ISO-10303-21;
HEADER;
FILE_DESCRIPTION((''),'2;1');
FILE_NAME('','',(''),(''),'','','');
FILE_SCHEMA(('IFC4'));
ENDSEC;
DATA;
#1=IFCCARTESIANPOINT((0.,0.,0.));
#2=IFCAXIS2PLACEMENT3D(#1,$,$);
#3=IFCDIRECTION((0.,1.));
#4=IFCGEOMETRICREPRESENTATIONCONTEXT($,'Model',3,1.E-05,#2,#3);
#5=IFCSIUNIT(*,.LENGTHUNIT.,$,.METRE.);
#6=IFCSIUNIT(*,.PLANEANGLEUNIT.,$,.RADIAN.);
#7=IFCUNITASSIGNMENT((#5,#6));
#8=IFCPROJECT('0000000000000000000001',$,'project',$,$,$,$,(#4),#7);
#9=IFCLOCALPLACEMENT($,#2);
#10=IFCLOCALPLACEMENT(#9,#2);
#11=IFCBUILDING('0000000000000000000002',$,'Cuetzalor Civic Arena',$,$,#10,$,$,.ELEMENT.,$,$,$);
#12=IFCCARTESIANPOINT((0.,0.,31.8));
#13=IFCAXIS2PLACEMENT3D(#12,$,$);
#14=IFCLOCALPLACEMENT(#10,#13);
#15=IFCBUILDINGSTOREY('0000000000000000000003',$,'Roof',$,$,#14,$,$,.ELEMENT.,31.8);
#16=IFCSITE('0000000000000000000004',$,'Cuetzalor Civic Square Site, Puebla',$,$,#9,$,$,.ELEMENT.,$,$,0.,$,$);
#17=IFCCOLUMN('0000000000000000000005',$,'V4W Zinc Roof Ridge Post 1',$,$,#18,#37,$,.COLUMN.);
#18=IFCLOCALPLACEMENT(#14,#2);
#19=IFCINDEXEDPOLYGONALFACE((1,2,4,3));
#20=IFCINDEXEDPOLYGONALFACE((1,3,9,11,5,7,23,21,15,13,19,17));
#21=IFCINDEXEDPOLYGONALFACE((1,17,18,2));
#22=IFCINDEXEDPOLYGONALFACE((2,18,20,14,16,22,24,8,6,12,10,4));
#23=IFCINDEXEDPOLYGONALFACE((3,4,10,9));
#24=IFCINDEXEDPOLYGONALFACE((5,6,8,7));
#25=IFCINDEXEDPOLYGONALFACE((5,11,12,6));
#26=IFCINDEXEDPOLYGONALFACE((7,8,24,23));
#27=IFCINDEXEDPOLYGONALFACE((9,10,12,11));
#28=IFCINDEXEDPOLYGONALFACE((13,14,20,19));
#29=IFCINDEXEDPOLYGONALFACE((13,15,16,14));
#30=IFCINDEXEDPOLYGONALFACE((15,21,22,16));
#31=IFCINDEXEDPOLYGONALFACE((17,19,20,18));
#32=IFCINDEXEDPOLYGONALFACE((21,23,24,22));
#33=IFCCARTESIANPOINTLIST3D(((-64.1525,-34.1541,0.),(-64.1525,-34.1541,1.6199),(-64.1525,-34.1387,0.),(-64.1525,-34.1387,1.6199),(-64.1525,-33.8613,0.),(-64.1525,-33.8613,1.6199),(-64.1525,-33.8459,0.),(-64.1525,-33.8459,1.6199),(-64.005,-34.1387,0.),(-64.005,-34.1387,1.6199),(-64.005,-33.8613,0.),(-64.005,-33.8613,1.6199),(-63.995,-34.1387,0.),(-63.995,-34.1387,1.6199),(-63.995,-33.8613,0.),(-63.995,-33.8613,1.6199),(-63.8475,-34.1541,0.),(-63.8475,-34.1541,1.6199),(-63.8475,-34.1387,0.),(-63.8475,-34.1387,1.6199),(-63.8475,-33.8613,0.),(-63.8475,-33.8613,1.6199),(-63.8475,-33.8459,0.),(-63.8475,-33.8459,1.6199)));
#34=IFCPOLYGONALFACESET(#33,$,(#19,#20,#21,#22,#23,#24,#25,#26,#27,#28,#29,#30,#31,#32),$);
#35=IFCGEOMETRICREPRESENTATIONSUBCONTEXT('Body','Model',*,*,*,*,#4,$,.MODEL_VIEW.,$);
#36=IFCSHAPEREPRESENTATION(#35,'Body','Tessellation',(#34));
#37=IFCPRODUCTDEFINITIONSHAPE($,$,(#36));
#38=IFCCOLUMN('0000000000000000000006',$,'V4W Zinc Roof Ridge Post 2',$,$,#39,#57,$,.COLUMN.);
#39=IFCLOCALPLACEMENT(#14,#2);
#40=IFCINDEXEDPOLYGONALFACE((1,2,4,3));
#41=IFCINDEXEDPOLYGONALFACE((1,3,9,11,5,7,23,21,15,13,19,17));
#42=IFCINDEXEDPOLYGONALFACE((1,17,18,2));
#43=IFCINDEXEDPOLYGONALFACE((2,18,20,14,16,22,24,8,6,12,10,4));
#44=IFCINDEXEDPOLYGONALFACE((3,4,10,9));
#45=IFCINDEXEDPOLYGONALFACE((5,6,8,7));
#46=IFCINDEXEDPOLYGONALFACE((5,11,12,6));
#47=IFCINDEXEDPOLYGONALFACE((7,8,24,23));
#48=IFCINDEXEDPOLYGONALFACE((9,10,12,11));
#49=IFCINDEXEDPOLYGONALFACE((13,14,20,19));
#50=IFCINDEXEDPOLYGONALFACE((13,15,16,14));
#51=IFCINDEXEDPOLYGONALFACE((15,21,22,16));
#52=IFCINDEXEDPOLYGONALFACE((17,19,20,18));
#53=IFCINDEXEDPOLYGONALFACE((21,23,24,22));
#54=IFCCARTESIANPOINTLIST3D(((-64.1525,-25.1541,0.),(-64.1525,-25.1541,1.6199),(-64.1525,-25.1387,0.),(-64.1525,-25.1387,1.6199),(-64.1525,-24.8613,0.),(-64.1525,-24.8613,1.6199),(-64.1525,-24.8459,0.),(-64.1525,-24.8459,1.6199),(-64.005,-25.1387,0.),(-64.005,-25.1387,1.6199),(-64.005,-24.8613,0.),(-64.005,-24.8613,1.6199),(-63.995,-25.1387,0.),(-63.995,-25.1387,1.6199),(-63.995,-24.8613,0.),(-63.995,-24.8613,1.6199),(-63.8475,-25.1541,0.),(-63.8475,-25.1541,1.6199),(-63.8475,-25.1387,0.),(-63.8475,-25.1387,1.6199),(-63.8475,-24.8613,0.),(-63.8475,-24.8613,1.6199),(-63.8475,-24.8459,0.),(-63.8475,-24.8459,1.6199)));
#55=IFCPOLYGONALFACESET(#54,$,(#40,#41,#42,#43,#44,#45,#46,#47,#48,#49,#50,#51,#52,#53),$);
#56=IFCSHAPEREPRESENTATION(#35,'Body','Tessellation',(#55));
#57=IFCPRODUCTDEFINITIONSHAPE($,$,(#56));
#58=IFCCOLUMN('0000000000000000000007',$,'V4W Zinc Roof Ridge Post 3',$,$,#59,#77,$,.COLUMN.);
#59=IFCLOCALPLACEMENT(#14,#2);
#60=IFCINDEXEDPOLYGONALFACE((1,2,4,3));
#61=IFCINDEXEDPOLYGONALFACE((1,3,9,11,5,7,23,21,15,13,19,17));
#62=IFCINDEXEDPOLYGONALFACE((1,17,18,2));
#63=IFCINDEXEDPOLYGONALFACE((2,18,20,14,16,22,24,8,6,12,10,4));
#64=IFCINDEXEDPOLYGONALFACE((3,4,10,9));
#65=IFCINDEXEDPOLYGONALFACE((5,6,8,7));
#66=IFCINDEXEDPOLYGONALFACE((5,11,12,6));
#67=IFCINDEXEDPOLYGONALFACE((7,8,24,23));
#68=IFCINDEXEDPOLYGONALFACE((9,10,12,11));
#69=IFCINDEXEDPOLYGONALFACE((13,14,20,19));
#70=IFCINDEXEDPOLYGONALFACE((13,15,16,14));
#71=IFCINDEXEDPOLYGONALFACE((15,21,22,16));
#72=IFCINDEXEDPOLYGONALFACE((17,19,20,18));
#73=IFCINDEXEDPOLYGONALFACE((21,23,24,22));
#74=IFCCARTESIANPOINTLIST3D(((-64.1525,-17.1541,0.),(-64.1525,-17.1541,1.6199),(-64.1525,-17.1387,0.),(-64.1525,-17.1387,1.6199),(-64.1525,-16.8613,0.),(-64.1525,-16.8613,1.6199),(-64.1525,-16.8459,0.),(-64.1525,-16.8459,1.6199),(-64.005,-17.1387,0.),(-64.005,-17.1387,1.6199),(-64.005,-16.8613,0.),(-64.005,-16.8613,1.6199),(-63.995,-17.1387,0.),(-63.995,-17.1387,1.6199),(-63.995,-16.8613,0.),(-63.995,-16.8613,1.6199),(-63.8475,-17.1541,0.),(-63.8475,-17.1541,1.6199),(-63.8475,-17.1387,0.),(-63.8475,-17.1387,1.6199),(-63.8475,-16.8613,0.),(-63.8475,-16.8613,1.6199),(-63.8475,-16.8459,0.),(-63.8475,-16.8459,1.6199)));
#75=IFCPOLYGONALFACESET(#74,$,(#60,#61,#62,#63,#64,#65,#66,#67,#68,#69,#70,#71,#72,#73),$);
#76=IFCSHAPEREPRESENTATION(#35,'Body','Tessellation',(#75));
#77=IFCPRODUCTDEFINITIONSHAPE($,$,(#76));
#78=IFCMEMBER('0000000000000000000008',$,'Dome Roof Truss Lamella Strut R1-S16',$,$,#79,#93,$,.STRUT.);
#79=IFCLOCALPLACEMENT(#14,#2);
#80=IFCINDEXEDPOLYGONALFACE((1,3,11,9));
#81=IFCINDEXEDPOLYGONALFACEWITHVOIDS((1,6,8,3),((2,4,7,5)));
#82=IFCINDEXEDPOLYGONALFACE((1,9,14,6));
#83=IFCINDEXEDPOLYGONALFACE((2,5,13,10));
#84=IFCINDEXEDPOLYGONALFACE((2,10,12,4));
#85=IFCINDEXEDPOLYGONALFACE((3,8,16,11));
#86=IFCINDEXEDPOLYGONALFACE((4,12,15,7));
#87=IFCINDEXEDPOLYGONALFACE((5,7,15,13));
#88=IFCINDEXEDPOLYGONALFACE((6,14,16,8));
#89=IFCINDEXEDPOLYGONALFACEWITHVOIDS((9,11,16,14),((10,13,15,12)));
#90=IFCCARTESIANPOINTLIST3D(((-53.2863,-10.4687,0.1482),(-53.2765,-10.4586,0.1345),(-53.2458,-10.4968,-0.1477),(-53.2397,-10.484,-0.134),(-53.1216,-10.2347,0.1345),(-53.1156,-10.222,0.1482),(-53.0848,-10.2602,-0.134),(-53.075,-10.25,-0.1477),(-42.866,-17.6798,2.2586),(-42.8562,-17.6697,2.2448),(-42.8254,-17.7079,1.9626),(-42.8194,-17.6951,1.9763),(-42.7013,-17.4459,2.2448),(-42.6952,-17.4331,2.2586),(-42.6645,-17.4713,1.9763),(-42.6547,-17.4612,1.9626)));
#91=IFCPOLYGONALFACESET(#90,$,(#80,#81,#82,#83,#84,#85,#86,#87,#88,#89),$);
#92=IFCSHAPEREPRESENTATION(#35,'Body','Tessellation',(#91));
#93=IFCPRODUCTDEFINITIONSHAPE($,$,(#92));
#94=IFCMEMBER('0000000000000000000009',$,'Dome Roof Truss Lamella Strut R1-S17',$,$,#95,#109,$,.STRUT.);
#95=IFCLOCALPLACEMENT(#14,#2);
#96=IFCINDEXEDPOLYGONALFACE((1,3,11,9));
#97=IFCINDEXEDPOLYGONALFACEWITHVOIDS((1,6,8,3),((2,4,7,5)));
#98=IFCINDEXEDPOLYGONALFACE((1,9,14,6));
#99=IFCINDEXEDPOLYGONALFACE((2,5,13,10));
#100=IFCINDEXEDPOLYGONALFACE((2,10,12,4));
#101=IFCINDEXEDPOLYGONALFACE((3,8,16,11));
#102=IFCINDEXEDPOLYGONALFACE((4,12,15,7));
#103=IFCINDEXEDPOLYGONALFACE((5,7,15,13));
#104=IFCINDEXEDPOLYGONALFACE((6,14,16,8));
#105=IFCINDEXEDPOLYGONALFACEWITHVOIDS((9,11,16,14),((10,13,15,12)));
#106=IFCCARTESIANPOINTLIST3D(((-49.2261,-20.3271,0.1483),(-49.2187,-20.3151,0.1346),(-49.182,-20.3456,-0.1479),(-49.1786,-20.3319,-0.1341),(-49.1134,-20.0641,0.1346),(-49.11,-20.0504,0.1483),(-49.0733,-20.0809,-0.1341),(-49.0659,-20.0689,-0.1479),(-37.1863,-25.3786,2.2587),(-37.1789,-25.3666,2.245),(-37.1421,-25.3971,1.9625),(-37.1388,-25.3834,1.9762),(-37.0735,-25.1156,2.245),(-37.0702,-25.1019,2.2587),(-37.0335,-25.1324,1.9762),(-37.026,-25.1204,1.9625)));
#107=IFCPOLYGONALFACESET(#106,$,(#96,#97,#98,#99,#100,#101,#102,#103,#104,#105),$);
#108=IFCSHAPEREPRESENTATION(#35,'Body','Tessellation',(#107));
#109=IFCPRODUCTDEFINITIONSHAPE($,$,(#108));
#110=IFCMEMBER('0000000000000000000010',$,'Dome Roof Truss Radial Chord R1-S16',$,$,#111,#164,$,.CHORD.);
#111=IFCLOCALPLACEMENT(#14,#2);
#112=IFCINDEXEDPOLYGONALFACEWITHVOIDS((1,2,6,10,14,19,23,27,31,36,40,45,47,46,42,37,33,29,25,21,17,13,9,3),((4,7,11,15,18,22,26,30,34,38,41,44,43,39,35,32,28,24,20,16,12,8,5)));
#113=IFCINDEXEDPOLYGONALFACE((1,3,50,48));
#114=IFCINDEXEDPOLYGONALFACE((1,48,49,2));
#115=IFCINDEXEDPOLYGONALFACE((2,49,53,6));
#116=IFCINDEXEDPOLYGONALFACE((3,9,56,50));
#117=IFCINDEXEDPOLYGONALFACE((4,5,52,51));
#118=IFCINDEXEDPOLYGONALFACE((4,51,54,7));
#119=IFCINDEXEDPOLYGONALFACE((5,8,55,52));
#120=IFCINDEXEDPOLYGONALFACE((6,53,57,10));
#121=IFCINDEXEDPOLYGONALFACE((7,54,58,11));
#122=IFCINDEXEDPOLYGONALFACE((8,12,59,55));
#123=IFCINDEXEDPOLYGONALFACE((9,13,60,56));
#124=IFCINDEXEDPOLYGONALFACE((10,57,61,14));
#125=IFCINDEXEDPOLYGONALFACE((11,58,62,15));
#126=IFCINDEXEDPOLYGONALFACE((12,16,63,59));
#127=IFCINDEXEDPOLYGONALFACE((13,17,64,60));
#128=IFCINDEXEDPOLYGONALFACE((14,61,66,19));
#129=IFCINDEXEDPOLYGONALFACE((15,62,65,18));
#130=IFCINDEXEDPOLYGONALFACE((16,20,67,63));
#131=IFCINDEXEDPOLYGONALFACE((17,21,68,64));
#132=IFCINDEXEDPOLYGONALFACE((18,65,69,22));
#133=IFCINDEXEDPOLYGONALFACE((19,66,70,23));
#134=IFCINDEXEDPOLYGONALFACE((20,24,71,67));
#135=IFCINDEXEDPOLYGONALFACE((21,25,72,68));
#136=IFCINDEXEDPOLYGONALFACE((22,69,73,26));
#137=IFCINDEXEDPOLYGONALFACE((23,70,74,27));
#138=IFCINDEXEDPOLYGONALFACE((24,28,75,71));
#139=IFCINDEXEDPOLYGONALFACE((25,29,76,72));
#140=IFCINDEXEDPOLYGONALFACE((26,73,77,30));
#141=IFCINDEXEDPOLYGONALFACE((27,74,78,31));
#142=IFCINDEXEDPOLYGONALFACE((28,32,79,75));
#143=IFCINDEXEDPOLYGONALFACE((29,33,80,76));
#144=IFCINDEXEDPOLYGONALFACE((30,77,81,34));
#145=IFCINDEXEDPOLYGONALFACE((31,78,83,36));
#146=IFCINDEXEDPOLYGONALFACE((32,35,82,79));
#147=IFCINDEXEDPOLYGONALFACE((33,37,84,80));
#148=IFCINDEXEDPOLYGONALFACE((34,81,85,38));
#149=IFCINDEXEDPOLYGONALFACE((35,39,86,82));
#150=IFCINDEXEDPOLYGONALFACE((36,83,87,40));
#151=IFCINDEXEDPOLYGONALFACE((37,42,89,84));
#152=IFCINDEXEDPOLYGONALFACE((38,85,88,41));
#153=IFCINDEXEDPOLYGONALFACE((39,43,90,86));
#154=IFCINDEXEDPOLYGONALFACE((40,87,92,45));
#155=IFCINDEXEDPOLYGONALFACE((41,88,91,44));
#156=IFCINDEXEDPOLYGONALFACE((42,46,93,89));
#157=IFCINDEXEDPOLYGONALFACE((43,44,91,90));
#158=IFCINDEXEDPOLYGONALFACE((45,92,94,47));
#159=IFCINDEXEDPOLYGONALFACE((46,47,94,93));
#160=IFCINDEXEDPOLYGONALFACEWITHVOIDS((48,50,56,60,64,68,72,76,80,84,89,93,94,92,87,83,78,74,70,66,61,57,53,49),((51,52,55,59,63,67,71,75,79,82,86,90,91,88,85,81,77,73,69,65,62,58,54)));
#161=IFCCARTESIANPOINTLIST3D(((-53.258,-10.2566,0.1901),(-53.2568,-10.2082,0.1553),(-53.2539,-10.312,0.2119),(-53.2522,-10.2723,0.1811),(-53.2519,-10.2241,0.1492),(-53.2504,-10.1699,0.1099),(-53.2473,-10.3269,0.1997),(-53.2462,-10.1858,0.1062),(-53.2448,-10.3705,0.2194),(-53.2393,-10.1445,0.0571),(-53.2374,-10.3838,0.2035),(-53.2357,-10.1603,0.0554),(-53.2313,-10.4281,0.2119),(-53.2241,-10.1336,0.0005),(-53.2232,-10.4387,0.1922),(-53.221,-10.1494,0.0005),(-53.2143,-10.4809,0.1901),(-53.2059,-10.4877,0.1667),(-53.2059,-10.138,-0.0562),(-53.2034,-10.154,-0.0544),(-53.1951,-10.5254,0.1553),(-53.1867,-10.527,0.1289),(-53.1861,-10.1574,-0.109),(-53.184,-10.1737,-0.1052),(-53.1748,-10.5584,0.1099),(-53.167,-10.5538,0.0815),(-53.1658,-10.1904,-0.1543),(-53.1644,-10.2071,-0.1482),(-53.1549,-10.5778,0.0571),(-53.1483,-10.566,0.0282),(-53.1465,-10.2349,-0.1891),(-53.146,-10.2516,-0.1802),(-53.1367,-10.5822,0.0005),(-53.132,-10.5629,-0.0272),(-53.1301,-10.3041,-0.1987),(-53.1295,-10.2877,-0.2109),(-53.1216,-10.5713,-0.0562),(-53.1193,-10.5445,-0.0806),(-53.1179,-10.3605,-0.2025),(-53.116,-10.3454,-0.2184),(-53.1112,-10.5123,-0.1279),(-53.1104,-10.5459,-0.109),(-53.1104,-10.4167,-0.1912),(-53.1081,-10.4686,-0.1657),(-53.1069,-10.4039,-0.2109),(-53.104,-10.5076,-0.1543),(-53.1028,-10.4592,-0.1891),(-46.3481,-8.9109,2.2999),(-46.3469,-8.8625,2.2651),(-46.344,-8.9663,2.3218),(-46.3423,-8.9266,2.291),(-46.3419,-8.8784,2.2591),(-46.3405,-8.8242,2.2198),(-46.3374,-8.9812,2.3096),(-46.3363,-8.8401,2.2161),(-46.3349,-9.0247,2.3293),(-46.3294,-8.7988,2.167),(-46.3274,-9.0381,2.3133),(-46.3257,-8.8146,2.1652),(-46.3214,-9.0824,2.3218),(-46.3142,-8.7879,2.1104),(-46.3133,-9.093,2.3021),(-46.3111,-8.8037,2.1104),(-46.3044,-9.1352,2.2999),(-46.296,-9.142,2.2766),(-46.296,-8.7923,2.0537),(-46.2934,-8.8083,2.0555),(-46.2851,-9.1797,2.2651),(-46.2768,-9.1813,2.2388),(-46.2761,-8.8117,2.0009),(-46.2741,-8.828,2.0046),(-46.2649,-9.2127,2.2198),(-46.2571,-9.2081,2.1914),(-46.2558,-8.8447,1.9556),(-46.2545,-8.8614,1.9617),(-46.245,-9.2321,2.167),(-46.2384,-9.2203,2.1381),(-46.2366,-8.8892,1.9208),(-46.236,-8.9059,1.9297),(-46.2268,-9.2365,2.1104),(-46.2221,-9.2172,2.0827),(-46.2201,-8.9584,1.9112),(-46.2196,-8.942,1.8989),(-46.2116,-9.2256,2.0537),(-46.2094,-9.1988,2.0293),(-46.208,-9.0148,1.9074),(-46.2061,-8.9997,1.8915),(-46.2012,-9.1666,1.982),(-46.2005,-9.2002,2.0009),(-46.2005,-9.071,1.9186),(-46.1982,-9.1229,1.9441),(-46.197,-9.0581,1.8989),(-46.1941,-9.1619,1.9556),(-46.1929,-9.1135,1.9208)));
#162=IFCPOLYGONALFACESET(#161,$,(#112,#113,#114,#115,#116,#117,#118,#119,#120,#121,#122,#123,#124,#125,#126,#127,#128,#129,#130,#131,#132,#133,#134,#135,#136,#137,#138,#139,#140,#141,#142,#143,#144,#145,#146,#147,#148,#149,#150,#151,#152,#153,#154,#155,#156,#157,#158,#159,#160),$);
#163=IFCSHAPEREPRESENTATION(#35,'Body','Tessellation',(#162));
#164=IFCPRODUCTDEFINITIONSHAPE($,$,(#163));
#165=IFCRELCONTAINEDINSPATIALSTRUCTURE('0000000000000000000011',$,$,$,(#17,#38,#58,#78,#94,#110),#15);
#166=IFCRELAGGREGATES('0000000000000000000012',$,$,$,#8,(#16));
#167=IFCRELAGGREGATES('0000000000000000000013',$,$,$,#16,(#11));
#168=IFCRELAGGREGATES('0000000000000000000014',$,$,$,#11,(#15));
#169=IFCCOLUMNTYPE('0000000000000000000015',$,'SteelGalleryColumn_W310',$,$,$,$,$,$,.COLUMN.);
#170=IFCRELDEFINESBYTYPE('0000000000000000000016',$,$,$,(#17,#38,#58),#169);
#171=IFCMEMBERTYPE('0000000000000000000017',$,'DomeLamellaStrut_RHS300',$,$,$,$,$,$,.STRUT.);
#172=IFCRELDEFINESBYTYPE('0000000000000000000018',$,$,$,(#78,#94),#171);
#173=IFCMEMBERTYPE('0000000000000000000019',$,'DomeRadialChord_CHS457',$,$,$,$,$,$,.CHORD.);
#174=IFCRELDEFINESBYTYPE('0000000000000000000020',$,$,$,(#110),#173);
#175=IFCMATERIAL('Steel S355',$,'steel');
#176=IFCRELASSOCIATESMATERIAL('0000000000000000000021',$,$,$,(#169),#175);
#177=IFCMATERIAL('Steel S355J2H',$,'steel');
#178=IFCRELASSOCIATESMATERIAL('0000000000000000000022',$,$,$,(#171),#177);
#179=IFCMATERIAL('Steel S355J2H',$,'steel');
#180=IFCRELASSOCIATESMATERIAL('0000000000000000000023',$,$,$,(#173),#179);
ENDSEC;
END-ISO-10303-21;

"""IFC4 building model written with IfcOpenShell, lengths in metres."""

from ifc_helpers import new_model, si_unit, direction, frame, origin, origin_2d, place, context, subcontext, project, spatial, hollow_rectangle, hollow_circle, i_section, extrude, material, material_profile, profile_set, type_object, element, save


model = new_model("IFC4")

# Units and contexts
model_context = context("Model", 3, precision=1e-05, world=origin(), true_north=direction((0.0, 1.0)))
body_context = subcontext(model_context, "Body", "Model", "MODEL_VIEW")
ifc_project = project(units=[si_unit("LENGTHUNIT", "METRE"), si_unit("PLANEANGLEUNIT", "RADIAN")], contexts=[model_context])

# Site, building, storey
site_placement = place(None, origin())
site = spatial("IfcSite", under=ifc_project, at=site_placement, Name="Cuetzalor Civic Square Site, Puebla", CompositionType="ELEMENT", RefElevation=0.0)
building_placement = place(site_placement, origin())
building = spatial("IfcBuilding", under=site, at=building_placement, Name="Cuetzalor Civic Arena", CompositionType="ELEMENT")
storey_placement = place(building_placement, frame((0.0, 0.0, 31.8)))
storey = spatial("IfcBuildingStorey", under=building, at=storey_placement, Name="Roof", CompositionType="ELEMENT", Elevation=31.8)

# Columns
ifc_material_1 = material(Name="Steel S355", Category="steel")
ifc_material_profile_1 = material_profile(ifc_material_1, i_section(OverallWidth=0.3049, OverallDepth=0.3081, WebThickness=0.01, FlangeThickness=0.0154, at=origin_2d()), Name="W310x97")
ifc_profile_set_1 = profile_set([ifc_material_profile_1], Name="Steel S355")
column_type = type_object("IfcColumnType", Name="SteelGalleryColumn_W310", PredefinedType="COLUMN", material=ifc_profile_set_1)
for number, where, z_axis, x_axis, name in (
    (1, (-64.0, -34.0, 0.0), (0.0, 0.0, 1.0), (1.0, 0.0, 0.0), "V4W Zinc Roof Ridge Post 1"),
    (2, (-64.0, -25.0, 0.0), (0.0, 0.0, 1.0), (1.0, 0.0, 0.0), "V4W Zinc Roof Ridge Post 2"),
    (3, (-64.0, -17.0, 0.0), (0.0, 0.0, 1.0), (1.0, 0.0, 0.0), "V4W Zinc Roof Ridge Post 3"),
):
    element("IfcColumn", number, at=place(storey_placement, frame(where, z_axis=z_axis, x_axis=x_axis)), inside=storey, type_object=column_type, Name=name, PredefinedType="COLUMN", context=body_context, shape_type="SweptSolid", body=[
        extrude(i_section(OverallWidth=0.3049, OverallDepth=0.3081, WebThickness=0.01, FlangeThickness=0.0154, at=origin_2d()), origin(), (0.0, 0.0, 1.0), 1.6199),
    ])

# Members
ifc_material_2 = material(Name="Steel S355J2H", Category="steel")
ifc_material_profile_2 = material_profile(ifc_material_2, hollow_rectangle(XDim=0.3, YDim=0.3, WallThickness=0.0139, at=origin_2d()), Name="RHS 300x300x14")
ifc_profile_set_2 = profile_set([ifc_material_profile_2], Name="Steel S355J2H")
member_type_1 = type_object("IfcMemberType", Name="DomeLamellaStrut_RHS300", PredefinedType="STRUT", material=ifc_profile_set_2)
member_1_placement = place(storey_placement, frame((-53.1807, -10.3594, 0.0002), z_axis=(0.81113, -0.561322, 0.164271), x_axis=(0.569053, 0.822301, 0.0)))
element("IfcMember", 4, at=member_1_placement, inside=storey, type_object=member_type_1, Name="Dome Roof Truss Lamella Strut R1-S16", PredefinedType="STRUT", context=body_context, shape_type="SweptSolid", body=[
    extrude(hollow_rectangle(XDim=0.3, YDim=0.3, WallThickness=0.0139, at=origin_2d()), origin(), (0.0, 0.0, 1.0), 12.8467),
])
member_2_placement = place(storey_placement, frame((-49.146, -20.198, 0.0002), z_axis=(0.91031, -0.381937, 0.15956), x_axis=(0.386894, 0.922124, 0.0)))
element("IfcMember", 5, at=member_2_placement, inside=storey, type_object=member_type_1, Name="Dome Roof Truss Lamella Strut R1-S17", PredefinedType="STRUT", context=body_context, shape_type="SweptSolid", body=[
    extrude(hollow_rectangle(XDim=0.3, YDim=0.3, WallThickness=0.0139, at=origin_2d()), origin(), (0.0, 0.0, 1.0), 13.2261),
])
ifc_material_3 = material(Name="Steel S355J2H", Category="steel")
ifc_material_profile_3 = material_profile(ifc_material_3, hollow_circle(Radius=0.2285, WallThickness=0.0161, at=origin_2d()), Name="CHS 457x16")
ifc_profile_set_3 = profile_set([ifc_material_profile_3], Name="Steel S355J2H")
member_type_2 = type_object("IfcMemberType", Name="DomeRadialChord_CHS457", PredefinedType="CHORD", material=ifc_profile_set_3)
member_3_placement = place(storey_placement, frame((-53.1804, -10.3579, 0.0005), z_axis=(0.940239, 0.183111, 0.287091), x_axis=(-0.191158, 0.981559, 0.0)))
element("IfcMember", 6, at=member_3_placement, inside=storey, type_object=member_type_2, Name="Dome Roof Truss Radial Chord R1-S16", PredefinedType="CHORD", context=body_context, shape_type="SweptSolid", body=[
    extrude(hollow_circle(Radius=0.2285, WallThickness=0.0161, at=origin_2d()), origin(), (0.0, 0.0, 1.0), 7.3491),
])

save(model, "model.ifc")
